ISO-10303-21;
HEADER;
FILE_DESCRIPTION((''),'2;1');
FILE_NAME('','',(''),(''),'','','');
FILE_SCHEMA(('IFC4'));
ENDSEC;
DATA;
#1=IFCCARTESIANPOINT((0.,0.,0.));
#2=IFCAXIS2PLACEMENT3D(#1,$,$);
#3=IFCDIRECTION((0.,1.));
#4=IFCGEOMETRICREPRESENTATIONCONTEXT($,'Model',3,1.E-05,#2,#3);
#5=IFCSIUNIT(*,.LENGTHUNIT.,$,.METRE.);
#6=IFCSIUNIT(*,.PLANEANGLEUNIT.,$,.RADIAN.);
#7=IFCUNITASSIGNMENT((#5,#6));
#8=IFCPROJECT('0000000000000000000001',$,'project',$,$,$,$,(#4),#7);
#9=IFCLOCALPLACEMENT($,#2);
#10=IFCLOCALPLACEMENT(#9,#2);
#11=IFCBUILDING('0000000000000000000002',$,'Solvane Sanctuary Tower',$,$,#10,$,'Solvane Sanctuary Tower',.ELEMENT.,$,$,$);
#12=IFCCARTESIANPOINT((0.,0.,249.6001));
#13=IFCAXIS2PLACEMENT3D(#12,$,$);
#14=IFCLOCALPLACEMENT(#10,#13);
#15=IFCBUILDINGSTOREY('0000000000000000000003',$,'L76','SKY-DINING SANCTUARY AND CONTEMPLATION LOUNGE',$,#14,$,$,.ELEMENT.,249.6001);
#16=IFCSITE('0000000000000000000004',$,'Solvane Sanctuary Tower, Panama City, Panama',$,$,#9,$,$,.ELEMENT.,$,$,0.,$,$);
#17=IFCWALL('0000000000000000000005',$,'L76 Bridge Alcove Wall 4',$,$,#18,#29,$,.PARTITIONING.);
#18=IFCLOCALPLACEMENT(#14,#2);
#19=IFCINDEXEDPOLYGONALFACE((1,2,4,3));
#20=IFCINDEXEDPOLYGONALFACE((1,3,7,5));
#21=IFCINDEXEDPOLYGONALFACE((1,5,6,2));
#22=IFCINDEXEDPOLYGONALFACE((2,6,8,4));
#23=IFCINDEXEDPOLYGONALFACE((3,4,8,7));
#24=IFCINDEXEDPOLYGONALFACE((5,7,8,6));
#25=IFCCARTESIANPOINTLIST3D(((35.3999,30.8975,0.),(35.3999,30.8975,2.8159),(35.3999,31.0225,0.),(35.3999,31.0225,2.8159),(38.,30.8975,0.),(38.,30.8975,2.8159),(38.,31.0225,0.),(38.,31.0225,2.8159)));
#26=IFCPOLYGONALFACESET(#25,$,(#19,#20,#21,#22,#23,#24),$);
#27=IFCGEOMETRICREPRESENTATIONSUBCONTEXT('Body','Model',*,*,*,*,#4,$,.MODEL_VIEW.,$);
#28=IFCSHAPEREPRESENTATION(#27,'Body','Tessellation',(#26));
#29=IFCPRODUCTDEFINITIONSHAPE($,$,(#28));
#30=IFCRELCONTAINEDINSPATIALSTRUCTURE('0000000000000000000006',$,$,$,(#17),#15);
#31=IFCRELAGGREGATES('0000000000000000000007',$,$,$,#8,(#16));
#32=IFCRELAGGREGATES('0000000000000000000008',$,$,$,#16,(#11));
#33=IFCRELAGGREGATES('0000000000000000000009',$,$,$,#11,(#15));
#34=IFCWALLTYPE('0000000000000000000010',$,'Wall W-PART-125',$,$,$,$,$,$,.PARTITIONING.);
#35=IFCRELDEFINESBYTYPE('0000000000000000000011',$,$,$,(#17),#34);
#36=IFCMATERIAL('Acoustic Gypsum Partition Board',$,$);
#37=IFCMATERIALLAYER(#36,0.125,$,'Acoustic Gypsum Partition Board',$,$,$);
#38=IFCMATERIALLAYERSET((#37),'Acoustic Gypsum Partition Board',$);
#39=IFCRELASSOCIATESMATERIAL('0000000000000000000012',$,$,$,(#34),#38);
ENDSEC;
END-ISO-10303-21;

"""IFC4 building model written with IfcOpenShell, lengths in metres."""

from ifc_helpers import new_model, si_unit, direction, frame, frame_2d, origin, place, context, subcontext, project, spatial, rectangle, extrude, material, layer, layer_set, type_object, element, save


model = new_model("IFC4")

# Units and contexts
model_context = context("Model", 3, precision=1e-05, world=origin(), true_north=direction((0.0, 1.0)))
body_context = subcontext(model_context, "Body", "Model", "MODEL_VIEW")
ifc_project = project(units=[si_unit("LENGTHUNIT", "METRE"), si_unit("PLANEANGLEUNIT", "RADIAN")], contexts=[model_context])

# Site, building, storey
site_placement = place(None, origin())
site = spatial("IfcSite", under=ifc_project, at=site_placement, Name="Solvane Sanctuary Tower, Panama City, Panama", CompositionType="ELEMENT", RefElevation=0.0)
building_placement = place(site_placement, origin())
building = spatial("IfcBuilding", under=site, at=building_placement, Name="Solvane Sanctuary Tower", LongName="Solvane Sanctuary Tower", CompositionType="ELEMENT")
storey_placement = place(building_placement, frame((0.0, 0.0, 249.6001)))
storey = spatial("IfcBuildingStorey", under=building, at=storey_placement, Name="L76", Description="SKY-DINING SANCTUARY AND CONTEMPLATION LOUNGE", CompositionType="ELEMENT", Elevation=249.6001)

# Shared definitions
ifc_material_1 = material(Name="Acoustic Gypsum Partition Board")

# Wall
ifc_layer_1 = layer(ifc_material_1, 0.125, Name="Acoustic Gypsum Partition Board")
ifc_layer_set_1 = layer_set([ifc_layer_1], Name="Acoustic Gypsum Partition Board")
wall_type_1 = type_object("IfcWallType", Name="Wall W-PART-125", PredefinedType="PARTITIONING", material=ifc_layer_set_1)
wall_1_placement = place(storey_placement, frame((35.3999, 30.96, 0.0), z_axis=(0.0, 0.0, 1.0), x_axis=(1.0, 0.0, 0.0)))
element("IfcWall", 1, at=wall_1_placement, inside=storey, type_object=wall_type_1, Name="L76 Bridge Alcove Wall 4", PredefinedType="PARTITIONING", context=body_context, shape_type="SweptSolid", body=[
    extrude(rectangle(XDim=2.6001, YDim=0.125, at=frame_2d((1.3, 0.0))), origin(), (0.0, 0.0, 1.0), 2.8159),
])

save(model, "model.ifc")
